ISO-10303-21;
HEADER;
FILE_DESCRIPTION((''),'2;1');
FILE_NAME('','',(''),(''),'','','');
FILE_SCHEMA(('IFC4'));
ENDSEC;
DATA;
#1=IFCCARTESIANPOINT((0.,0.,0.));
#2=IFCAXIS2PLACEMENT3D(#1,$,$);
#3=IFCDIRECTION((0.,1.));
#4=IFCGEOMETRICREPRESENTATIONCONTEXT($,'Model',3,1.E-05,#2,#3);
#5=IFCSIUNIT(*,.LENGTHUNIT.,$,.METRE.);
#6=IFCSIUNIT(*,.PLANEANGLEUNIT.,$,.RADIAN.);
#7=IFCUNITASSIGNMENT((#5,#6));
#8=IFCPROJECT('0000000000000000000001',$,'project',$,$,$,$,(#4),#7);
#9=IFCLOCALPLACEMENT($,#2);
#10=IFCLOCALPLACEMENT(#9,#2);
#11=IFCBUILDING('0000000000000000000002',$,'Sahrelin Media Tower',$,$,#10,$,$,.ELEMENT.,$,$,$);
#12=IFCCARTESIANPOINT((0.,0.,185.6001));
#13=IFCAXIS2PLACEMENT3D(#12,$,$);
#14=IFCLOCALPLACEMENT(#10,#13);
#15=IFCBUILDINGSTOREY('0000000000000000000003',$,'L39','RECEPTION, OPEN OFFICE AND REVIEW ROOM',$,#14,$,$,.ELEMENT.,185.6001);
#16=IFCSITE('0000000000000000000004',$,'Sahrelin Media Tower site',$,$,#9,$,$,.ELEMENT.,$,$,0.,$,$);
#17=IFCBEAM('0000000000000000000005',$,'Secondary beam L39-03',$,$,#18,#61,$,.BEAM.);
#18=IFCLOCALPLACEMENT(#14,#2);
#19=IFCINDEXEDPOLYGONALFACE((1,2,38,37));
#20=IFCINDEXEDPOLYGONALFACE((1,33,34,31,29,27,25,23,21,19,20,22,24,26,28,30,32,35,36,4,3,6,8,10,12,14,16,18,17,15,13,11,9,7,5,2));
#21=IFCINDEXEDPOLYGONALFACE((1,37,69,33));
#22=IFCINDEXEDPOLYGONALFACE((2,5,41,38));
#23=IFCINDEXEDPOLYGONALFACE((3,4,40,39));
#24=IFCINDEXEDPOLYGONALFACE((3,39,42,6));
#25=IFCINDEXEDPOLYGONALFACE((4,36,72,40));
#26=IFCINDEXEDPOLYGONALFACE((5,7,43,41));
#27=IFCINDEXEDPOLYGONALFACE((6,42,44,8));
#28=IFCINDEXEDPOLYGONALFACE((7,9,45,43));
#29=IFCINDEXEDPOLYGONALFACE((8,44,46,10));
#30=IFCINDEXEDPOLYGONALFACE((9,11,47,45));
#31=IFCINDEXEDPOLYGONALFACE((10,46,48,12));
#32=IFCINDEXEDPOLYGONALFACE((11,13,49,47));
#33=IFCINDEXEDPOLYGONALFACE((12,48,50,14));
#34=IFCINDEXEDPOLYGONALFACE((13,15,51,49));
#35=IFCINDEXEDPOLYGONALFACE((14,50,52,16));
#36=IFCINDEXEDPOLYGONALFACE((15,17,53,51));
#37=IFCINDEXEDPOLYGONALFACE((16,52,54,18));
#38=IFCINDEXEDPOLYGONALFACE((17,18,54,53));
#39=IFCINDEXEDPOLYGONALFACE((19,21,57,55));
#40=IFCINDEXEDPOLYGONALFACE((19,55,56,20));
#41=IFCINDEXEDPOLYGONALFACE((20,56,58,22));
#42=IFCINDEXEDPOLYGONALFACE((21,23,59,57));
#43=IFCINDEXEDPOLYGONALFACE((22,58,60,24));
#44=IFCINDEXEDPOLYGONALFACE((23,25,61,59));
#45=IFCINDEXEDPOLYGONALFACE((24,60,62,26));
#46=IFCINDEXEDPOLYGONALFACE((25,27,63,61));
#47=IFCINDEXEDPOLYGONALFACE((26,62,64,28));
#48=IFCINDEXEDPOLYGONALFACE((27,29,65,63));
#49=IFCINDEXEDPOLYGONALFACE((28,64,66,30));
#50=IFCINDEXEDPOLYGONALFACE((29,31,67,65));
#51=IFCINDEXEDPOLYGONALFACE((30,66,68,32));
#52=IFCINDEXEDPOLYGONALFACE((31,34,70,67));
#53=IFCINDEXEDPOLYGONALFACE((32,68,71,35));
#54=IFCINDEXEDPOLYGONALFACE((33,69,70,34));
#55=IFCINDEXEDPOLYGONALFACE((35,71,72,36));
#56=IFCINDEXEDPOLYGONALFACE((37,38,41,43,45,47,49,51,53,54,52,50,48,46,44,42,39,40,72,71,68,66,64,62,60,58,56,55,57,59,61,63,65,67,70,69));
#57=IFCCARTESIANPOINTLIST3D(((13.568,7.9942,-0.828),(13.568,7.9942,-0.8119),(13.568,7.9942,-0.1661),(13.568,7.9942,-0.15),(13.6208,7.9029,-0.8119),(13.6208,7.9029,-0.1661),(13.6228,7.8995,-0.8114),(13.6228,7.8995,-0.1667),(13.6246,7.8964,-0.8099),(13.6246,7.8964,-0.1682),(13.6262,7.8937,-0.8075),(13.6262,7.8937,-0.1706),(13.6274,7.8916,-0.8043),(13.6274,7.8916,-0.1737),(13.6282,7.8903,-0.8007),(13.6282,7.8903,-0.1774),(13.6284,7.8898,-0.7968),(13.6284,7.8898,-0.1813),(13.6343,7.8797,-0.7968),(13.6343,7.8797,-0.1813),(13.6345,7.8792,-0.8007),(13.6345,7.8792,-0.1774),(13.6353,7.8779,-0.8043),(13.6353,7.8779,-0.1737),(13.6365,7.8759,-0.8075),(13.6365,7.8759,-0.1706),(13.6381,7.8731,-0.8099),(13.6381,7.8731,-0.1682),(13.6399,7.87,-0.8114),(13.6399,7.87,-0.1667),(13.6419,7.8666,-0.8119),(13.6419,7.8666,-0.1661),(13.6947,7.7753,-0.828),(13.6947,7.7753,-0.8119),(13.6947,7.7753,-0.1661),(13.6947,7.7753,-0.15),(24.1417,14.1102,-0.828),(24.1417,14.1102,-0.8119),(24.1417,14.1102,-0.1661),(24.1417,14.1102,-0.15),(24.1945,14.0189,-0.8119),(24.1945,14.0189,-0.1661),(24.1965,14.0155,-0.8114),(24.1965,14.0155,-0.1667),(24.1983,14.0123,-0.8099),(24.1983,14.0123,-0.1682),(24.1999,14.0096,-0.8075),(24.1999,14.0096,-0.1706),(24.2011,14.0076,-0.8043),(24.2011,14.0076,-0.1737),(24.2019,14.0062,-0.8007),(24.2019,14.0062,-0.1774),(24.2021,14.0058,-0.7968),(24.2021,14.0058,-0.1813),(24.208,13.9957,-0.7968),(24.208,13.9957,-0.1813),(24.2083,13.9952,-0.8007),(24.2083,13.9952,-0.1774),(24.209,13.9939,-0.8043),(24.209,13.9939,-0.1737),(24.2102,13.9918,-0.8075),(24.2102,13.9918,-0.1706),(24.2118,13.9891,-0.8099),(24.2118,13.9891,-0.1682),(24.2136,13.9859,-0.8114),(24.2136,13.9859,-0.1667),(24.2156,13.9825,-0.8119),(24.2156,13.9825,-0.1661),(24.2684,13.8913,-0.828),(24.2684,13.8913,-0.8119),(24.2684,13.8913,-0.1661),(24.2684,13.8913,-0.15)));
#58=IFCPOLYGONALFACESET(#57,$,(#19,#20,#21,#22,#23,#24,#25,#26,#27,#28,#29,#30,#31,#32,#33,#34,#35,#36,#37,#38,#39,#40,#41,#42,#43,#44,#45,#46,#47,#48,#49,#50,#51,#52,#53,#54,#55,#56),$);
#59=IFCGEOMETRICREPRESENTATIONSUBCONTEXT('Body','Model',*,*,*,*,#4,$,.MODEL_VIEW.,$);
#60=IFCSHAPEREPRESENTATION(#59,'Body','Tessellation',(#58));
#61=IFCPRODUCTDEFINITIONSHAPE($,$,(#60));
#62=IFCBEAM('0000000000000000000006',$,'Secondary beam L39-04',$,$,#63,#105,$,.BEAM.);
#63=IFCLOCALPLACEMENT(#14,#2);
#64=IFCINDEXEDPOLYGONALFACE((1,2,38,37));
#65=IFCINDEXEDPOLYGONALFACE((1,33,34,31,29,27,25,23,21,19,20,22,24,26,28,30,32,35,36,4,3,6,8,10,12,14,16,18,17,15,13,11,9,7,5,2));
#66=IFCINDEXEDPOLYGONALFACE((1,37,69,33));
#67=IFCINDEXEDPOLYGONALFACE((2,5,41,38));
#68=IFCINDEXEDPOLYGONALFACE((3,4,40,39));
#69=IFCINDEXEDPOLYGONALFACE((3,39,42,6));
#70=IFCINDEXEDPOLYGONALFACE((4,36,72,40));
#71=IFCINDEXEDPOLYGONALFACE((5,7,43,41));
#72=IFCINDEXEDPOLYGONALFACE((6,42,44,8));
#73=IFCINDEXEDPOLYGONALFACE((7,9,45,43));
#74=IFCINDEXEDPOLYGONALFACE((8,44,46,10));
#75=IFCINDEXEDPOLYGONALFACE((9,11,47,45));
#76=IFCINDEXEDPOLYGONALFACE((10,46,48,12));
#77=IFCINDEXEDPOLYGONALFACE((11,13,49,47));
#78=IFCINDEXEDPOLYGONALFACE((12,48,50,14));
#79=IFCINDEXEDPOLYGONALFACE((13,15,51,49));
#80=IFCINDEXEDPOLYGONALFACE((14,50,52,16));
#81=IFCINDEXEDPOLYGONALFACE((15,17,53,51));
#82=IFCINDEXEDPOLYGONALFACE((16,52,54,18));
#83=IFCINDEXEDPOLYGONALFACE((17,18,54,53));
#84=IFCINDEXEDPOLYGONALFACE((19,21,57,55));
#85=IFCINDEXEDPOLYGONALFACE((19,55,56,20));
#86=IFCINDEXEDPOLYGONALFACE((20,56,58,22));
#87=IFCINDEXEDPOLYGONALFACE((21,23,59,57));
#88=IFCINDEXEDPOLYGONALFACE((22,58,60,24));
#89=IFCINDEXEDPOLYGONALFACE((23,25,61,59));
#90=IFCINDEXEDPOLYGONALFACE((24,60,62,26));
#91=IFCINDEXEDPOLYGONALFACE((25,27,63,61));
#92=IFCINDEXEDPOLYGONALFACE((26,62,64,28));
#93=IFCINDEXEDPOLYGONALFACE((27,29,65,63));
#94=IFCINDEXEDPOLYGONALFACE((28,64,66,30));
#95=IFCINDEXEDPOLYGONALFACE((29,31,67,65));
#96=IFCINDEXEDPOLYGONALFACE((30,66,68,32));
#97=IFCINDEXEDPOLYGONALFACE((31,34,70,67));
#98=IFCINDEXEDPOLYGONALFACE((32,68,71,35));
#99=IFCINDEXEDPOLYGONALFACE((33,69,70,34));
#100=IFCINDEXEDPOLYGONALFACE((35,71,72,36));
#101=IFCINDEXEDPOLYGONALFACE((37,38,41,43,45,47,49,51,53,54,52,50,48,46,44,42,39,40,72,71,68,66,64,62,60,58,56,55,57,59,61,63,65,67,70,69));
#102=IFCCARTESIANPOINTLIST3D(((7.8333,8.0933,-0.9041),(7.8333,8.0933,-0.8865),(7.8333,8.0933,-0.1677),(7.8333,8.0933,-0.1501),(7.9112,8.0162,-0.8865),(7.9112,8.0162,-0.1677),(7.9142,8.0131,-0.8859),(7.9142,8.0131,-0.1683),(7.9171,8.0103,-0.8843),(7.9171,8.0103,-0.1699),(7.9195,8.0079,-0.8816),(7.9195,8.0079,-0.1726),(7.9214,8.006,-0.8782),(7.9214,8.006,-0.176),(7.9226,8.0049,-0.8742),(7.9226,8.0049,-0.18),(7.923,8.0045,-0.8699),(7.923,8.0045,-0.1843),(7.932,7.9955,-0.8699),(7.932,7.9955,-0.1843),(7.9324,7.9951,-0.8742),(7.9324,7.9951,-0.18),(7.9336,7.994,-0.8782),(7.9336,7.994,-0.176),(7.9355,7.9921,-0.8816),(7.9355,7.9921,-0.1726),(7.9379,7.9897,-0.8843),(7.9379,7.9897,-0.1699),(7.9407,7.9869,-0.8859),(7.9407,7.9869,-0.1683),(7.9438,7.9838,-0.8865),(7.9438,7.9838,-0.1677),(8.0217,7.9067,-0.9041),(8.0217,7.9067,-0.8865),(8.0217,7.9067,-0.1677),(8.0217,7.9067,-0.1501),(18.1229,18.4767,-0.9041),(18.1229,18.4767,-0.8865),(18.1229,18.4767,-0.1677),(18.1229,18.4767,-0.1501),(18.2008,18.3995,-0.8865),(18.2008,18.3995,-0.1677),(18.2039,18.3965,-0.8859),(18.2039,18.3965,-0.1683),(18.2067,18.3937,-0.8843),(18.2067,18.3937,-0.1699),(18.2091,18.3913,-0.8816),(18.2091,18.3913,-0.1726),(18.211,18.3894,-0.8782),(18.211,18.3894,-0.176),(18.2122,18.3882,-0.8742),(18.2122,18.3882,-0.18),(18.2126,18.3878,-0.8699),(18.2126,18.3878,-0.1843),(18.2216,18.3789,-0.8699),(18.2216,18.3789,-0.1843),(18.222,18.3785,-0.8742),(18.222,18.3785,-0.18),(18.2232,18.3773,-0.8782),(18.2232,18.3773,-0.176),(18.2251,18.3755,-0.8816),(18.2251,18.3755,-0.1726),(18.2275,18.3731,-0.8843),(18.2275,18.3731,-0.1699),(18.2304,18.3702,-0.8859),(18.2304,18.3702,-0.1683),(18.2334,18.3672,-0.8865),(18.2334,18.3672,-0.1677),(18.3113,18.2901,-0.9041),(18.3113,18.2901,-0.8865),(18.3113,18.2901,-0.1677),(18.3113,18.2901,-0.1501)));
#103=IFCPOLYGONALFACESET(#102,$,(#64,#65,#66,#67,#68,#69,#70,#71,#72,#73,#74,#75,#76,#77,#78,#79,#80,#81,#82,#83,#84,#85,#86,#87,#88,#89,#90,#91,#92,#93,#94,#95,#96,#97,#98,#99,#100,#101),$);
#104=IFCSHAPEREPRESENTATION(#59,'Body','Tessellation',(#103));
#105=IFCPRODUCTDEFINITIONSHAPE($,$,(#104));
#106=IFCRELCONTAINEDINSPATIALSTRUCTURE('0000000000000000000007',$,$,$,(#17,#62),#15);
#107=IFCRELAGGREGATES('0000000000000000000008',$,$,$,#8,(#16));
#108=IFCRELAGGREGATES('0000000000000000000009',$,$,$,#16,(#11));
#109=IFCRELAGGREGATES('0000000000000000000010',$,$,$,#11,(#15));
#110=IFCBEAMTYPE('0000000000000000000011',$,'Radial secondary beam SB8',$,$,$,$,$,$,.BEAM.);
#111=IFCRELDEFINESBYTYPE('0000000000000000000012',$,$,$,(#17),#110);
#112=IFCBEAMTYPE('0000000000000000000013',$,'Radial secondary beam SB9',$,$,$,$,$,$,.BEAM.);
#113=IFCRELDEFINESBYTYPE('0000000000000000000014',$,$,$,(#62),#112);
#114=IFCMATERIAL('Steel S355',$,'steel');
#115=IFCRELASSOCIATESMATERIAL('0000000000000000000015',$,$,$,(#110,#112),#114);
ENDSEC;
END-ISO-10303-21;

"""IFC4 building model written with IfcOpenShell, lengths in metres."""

from ifc_helpers import new_model, si_unit, direction, frame, origin, origin_2d, place, context, subcontext, project, spatial, i_section, extrude, material, material_profile, profile_set, type_object, element, save


model = new_model("IFC4")

# Units and contexts
model_context = context("Model", 3, precision=1e-05, world=origin(), true_north=direction((0.0, 1.0)))
body_context = subcontext(model_context, "Body", "Model", "MODEL_VIEW")
ifc_project = project(units=[si_unit("LENGTHUNIT", "METRE"), si_unit("PLANEANGLEUNIT", "RADIAN")], contexts=[model_context])

# Site, building, storey
site_placement = place(None, origin())
site = spatial("IfcSite", under=ifc_project, at=site_placement, Name="Sahrelin Media Tower site", CompositionType="ELEMENT", RefElevation=0.0)
building_placement = place(site_placement, origin())
building = spatial("IfcBuilding", under=site, at=building_placement, Name="Sahrelin Media Tower", CompositionType="ELEMENT")
storey_placement = place(building_placement, frame((0.0, 0.0, 185.6001)))
storey = spatial("IfcBuildingStorey", under=building, at=storey_placement, Name="L39", Description="RECEPTION, OPEN OFFICE AND REVIEW ROOM", CompositionType="ELEMENT", Elevation=185.6001)

# Beams
ifc_material_1 = material(Name="Steel S355", Category="steel")
ifc_material_profile_1 = material_profile(ifc_material_1, i_section(OverallWidth=0.2529, OverallDepth=0.678, WebThickness=0.0117, FlangeThickness=0.0161, FilletRadius=0.0151, at=origin_2d()), Name="UB 686x254x125")
ifc_profile_set_1 = profile_set([ifc_material_profile_1], Name="Steel S355")
beam_type_1 = type_object("IfcBeamType", Name="Radial secondary beam SB8", PredefinedType="BEAM", material=ifc_profile_set_1)
beam_1_placement = place(storey_placement, frame((13.6313, 7.8848, -0.489), z_axis=(0.865627, 0.500689, 0.0), x_axis=(-0.500689, 0.865627, 0.0)))
element("IfcBeam", 1, at=beam_1_placement, inside=storey, type_object=beam_type_1, Name="Secondary beam L39-03", PredefinedType="BEAM", context=body_context, shape_type="SweptSolid", body=[
    extrude(i_section(OverallWidth=0.2529, OverallDepth=0.678, WebThickness=0.0117, FlangeThickness=0.0161, FilletRadius=0.0151, at=origin_2d()), origin(), (0.0, 0.0, 1.0), 12.2151),
])
ifc_material_profile_2 = material_profile(ifc_material_1, i_section(OverallWidth=0.2651, OverallDepth=0.7539, WebThickness=0.0127, FlangeThickness=0.0176, FilletRadius=0.0166, at=origin_2d()), Name="UB 762x267x147")
ifc_profile_set_2 = profile_set([ifc_material_profile_2], Name="Steel S355")
beam_type_2 = type_object("IfcBeamType", Name="Radial secondary beam SB9", PredefinedType="BEAM", material=ifc_profile_set_2)
beam_2_placement = place(storey_placement, frame((7.9275, 8.0, -0.5271), z_axis=(0.703893, 0.710306, 0.0), x_axis=(-0.710306, 0.703893, 0.0)))
element("IfcBeam", 2, at=beam_2_placement, inside=storey, type_object=beam_type_2, Name="Secondary beam L39-04", PredefinedType="BEAM", context=body_context, shape_type="SweptSolid", body=[
    extrude(i_section(OverallWidth=0.2651, OverallDepth=0.7539, WebThickness=0.0127, FlangeThickness=0.0176, FilletRadius=0.0166, at=origin_2d()), origin(), (0.0, 0.0, 1.0), 14.6182),
])

save(model, "model.ifc")
